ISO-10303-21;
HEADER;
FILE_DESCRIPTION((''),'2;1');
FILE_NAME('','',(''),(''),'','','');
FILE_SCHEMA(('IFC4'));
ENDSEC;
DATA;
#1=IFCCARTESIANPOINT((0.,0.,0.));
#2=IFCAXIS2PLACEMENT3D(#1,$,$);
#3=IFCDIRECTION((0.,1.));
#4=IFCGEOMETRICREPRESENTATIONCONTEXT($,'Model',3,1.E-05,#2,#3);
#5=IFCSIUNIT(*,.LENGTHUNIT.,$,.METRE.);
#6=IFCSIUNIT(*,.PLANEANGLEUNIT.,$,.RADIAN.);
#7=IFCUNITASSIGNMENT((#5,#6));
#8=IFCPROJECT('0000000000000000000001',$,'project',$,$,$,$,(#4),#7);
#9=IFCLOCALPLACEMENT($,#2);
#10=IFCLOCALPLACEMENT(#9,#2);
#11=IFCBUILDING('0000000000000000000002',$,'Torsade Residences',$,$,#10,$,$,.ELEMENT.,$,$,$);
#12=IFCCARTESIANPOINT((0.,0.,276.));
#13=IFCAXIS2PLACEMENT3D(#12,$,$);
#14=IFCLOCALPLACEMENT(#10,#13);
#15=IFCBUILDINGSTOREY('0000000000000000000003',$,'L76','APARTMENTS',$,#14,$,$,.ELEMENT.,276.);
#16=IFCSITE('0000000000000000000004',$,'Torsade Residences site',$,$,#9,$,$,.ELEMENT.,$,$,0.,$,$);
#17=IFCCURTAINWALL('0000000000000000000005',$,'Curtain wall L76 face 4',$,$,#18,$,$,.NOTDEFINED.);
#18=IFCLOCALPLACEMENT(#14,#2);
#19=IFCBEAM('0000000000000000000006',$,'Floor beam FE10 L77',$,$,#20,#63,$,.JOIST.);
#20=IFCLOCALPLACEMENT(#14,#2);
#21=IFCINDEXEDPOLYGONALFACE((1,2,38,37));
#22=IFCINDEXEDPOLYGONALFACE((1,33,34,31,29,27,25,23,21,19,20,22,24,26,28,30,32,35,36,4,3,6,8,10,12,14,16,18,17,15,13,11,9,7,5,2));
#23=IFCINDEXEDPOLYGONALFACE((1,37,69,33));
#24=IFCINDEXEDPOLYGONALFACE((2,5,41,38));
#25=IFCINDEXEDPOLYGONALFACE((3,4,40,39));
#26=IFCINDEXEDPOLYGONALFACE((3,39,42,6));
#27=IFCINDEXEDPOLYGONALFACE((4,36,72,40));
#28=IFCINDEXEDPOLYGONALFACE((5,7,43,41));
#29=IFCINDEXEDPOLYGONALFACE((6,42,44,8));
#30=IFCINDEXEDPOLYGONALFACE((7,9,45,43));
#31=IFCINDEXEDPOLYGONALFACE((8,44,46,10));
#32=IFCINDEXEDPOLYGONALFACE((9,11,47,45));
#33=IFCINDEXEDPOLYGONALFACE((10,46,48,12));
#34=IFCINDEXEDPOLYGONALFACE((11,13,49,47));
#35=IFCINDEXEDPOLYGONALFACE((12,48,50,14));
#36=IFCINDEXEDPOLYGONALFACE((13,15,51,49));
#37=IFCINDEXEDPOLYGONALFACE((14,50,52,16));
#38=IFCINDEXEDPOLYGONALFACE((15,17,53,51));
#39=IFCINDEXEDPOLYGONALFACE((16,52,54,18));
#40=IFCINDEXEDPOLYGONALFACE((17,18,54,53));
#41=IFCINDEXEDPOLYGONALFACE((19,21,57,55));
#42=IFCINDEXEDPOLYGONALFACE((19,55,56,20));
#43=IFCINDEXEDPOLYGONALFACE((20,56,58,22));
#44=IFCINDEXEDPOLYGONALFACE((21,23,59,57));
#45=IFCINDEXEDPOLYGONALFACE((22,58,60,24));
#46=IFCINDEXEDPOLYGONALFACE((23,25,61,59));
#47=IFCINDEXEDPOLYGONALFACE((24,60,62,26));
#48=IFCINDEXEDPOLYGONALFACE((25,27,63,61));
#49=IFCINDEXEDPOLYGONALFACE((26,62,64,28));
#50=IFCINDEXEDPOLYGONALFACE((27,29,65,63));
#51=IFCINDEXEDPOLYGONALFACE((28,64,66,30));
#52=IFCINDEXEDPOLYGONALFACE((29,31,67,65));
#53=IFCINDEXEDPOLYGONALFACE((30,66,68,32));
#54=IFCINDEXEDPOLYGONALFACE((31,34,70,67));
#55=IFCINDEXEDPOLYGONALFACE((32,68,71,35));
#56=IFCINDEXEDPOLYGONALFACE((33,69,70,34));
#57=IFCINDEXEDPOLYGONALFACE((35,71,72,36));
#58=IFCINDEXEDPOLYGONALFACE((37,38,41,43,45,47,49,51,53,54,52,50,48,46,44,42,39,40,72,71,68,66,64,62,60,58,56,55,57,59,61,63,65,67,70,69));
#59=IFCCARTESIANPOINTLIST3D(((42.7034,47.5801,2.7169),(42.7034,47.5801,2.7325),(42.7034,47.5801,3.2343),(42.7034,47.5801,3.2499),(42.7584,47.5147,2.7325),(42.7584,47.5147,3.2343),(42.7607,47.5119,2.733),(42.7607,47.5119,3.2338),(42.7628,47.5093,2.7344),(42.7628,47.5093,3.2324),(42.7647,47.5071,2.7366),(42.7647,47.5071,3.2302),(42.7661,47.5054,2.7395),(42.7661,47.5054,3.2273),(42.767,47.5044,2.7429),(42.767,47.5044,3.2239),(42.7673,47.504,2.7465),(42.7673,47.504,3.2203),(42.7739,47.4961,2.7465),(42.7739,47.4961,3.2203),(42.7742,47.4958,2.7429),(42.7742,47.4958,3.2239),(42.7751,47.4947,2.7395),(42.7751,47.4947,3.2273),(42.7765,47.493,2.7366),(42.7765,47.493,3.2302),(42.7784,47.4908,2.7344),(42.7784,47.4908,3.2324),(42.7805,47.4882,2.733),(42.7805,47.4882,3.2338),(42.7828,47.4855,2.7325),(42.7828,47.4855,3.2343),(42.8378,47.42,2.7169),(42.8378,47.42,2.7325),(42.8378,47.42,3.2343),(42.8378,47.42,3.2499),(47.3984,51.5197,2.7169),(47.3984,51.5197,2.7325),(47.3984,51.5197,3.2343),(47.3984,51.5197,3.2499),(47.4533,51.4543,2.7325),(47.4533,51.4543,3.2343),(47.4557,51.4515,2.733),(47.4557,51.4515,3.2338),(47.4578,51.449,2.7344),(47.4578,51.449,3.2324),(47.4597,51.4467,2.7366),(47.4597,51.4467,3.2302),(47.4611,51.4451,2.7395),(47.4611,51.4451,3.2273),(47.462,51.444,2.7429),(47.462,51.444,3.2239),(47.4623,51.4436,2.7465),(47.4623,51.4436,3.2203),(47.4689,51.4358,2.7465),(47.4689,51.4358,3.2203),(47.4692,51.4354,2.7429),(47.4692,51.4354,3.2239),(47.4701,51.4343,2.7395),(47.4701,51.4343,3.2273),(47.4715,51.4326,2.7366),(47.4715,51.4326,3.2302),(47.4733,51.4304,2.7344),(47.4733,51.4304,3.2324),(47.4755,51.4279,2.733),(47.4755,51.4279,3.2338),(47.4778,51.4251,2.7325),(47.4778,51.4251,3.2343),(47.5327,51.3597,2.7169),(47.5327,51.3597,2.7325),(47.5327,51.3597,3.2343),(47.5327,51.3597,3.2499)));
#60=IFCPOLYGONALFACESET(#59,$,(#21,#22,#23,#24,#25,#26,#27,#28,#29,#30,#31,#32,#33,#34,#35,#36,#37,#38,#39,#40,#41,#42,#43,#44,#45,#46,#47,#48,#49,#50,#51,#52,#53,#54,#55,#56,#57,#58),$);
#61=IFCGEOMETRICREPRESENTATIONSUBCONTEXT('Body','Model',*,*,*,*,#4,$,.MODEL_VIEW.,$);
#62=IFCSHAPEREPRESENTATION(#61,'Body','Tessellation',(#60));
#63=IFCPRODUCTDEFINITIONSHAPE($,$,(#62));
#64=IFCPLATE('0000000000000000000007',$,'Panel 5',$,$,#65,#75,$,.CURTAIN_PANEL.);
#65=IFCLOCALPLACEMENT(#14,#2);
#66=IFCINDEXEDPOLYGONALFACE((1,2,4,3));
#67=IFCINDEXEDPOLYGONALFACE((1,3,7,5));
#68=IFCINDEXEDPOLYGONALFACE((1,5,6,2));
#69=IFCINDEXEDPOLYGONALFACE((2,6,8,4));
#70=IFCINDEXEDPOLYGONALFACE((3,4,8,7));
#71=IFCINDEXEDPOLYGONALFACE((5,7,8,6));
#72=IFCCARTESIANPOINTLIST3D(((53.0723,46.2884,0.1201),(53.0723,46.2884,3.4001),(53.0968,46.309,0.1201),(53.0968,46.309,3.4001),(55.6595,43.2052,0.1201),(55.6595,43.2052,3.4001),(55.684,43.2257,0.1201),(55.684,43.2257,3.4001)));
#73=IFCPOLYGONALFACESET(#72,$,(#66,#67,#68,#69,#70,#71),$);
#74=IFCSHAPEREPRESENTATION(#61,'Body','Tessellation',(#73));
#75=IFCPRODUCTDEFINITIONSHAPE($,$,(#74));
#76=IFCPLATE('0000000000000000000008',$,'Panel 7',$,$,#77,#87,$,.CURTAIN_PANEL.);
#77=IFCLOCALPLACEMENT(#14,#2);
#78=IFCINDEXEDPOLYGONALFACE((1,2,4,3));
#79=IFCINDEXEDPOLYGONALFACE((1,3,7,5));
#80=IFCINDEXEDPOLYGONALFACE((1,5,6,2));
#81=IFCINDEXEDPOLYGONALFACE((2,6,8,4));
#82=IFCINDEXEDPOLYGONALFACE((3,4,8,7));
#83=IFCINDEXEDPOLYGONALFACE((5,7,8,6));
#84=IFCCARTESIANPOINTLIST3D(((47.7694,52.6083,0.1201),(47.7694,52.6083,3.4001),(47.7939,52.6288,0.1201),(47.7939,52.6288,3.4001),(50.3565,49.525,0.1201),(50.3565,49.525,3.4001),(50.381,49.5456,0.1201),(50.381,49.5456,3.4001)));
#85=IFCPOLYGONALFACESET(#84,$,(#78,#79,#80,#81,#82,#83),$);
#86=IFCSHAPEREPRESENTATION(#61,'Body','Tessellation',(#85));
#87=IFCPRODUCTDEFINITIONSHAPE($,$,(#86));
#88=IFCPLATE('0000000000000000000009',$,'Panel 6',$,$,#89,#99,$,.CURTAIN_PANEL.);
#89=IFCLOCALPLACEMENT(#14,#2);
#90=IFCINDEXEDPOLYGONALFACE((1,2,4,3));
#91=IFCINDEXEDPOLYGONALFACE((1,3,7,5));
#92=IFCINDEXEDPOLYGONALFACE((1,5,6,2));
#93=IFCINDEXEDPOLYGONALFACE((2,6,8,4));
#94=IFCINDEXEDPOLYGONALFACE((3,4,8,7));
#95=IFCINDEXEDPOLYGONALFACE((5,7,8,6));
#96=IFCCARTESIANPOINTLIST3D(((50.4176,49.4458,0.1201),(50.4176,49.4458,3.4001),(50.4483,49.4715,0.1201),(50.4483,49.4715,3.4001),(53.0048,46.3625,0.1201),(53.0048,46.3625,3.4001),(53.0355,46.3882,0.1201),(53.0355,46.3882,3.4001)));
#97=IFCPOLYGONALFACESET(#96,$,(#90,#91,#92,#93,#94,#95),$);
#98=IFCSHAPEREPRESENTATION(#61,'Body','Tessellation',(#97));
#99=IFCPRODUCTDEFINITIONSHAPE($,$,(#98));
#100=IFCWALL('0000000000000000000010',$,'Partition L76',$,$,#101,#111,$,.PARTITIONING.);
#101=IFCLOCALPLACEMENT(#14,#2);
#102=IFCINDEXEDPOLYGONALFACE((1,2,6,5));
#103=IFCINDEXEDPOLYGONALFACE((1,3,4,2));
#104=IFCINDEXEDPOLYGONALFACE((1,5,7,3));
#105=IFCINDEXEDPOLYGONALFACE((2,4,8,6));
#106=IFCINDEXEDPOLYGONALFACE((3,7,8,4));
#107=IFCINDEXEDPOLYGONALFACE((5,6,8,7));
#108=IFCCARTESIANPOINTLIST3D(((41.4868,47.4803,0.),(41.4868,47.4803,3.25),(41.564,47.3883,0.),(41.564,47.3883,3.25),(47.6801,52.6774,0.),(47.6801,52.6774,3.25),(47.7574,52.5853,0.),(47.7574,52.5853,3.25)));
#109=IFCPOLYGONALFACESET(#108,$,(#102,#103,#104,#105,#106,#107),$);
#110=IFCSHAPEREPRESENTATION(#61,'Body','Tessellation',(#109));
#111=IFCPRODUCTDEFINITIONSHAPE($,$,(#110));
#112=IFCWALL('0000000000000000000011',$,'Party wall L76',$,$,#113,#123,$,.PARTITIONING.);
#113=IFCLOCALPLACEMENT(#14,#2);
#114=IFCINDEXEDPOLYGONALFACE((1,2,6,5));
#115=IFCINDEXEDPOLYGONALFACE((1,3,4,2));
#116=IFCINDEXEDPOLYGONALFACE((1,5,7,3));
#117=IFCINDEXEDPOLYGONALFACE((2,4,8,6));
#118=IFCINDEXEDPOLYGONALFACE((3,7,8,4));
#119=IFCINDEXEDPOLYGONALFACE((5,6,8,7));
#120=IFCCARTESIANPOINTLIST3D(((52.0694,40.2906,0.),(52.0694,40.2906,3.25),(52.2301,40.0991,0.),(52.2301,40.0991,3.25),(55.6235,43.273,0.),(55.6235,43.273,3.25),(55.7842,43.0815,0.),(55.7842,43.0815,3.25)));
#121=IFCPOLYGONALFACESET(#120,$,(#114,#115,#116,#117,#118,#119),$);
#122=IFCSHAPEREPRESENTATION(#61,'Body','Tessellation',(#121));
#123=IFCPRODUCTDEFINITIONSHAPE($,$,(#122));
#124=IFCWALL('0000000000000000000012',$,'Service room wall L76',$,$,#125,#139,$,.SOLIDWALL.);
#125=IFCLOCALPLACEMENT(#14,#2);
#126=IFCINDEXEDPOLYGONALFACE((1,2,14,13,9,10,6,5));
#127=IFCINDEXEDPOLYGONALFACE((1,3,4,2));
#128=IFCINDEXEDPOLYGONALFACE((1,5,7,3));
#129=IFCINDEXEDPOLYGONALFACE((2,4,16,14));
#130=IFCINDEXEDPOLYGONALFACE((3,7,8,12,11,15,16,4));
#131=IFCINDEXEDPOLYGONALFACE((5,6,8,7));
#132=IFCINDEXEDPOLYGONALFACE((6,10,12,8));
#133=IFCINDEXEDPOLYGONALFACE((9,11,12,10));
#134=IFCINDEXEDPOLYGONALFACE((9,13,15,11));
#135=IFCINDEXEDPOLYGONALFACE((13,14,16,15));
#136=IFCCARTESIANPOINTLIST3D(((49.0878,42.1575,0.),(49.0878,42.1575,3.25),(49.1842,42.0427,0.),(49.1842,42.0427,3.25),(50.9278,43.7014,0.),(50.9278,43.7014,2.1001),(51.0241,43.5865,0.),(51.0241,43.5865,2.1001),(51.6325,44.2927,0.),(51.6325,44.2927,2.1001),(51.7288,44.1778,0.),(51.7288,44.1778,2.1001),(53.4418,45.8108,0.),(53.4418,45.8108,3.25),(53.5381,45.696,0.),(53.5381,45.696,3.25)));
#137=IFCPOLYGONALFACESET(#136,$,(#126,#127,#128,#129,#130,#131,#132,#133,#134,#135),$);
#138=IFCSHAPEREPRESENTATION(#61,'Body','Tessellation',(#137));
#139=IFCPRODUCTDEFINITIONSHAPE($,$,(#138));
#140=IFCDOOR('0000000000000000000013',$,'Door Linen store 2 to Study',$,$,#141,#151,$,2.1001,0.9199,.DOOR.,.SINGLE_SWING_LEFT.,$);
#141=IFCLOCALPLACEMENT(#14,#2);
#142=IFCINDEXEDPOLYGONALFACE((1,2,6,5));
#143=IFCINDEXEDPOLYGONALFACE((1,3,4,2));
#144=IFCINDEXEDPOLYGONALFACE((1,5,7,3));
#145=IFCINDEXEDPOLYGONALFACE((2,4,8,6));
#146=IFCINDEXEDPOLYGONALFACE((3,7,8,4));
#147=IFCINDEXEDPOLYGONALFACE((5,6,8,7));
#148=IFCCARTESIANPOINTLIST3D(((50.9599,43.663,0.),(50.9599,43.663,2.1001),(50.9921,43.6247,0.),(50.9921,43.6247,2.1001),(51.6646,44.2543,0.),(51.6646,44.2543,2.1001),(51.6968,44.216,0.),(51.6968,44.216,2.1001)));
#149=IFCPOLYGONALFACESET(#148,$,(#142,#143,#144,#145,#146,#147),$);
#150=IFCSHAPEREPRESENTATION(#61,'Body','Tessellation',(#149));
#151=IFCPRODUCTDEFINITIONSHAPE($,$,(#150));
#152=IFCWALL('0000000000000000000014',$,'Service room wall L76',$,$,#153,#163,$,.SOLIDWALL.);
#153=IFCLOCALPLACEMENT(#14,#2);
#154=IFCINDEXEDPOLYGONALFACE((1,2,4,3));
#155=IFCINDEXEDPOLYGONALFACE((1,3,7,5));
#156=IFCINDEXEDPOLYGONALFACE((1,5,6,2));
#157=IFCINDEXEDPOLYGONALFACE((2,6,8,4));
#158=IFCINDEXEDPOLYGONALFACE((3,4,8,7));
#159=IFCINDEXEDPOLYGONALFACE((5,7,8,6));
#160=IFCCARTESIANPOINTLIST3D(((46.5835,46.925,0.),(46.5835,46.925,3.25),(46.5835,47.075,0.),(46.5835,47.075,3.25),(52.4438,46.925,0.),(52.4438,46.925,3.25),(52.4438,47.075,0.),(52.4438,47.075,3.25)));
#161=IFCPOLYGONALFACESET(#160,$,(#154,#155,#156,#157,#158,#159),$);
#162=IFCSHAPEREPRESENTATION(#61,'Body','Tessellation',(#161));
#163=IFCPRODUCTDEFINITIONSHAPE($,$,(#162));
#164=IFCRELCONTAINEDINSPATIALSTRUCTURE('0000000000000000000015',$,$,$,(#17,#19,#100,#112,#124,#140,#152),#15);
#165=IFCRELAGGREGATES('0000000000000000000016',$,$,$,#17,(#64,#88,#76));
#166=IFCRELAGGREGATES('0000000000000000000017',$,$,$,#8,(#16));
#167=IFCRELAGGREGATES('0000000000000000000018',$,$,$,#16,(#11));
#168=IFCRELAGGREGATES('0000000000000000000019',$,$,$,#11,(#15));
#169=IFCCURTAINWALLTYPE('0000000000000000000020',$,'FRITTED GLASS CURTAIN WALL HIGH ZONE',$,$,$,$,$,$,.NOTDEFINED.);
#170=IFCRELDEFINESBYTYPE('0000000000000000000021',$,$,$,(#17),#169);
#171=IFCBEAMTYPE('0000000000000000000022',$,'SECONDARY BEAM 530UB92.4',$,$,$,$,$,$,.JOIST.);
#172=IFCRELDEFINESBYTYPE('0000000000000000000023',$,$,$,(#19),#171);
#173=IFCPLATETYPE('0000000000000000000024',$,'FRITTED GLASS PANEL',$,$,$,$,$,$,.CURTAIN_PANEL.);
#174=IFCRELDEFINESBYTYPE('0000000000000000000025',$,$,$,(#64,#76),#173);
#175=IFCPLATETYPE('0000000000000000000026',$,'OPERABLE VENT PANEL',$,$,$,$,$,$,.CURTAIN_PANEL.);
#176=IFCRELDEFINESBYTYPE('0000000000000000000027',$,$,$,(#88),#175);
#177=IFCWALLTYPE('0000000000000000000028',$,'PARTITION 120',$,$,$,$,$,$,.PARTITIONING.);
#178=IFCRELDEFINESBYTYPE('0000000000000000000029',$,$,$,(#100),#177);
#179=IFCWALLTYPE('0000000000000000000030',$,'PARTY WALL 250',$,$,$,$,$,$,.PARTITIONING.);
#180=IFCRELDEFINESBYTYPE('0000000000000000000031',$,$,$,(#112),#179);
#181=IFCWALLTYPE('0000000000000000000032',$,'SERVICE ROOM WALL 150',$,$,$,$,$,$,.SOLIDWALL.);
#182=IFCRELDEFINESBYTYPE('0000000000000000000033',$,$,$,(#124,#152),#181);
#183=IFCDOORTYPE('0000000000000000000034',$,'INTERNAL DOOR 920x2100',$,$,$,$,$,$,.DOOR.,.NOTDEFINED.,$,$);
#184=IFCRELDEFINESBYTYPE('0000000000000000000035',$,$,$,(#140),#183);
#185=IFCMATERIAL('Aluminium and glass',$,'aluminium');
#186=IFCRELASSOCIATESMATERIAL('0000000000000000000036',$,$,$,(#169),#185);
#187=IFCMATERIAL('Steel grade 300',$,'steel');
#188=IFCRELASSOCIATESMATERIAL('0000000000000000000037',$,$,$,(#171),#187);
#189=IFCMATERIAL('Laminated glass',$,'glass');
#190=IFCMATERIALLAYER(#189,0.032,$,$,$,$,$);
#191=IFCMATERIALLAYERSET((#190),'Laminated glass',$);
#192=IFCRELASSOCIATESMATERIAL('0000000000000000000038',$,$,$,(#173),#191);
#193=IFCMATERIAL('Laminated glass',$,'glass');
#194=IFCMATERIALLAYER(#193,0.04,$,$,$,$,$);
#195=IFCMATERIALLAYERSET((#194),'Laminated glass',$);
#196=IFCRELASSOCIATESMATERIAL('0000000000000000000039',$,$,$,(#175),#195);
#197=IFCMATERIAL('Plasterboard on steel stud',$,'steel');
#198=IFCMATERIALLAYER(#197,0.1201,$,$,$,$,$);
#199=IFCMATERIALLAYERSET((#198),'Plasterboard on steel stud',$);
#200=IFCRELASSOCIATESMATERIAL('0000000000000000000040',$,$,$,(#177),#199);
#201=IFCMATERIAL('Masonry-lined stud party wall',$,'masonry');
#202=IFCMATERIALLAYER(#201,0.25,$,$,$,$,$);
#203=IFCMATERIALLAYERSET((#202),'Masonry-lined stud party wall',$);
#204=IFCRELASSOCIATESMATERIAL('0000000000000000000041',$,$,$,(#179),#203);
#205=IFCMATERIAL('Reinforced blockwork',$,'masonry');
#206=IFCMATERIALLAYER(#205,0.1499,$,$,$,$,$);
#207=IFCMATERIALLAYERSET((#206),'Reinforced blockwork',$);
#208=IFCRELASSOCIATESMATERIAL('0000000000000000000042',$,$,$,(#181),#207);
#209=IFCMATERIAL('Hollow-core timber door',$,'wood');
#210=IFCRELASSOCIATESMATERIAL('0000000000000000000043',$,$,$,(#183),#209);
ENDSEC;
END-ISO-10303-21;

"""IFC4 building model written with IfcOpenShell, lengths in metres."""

from ifc_helpers import new_model, si_unit, direction, frame, frame_2d, origin, origin_2d, place, context, subcontext, project, spatial, rectangle, i_section, extrude, material, layer, layer_set, material_profile, profile_set, type_object, element, fill, aggregate, save


model = new_model("IFC4")

# Units and contexts
model_context = context("Model", 3, precision=1e-05, world=origin(), true_north=direction((0.0, 1.0)))
body_context = subcontext(model_context, "Body", "Model", "MODEL_VIEW")
ifc_project = project(units=[si_unit("LENGTHUNIT", "METRE"), si_unit("PLANEANGLEUNIT", "RADIAN")], contexts=[model_context])

# Site, building, storey
site_placement = place(None, origin())
site = spatial("IfcSite", under=ifc_project, at=site_placement, Name="Torsade Residences site", CompositionType="ELEMENT", RefElevation=0.0)
building_placement = place(site_placement, origin())
building = spatial("IfcBuilding", under=site, at=building_placement, Name="Torsade Residences", CompositionType="ELEMENT")
storey_placement = place(building_placement, frame((0.0, 0.0, 276.0)))
storey = spatial("IfcBuildingStorey", under=building, at=storey_placement, Name="L76", Description="APARTMENTS", CompositionType="ELEMENT", Elevation=276.0)

# Curtain wall
ifc_material_1 = material(Name="Aluminium and glass", Category="aluminium")
curtain_wall_type = type_object("IfcCurtainWallType", Name="FRITTED GLASS CURTAIN WALL HIGH ZONE", PredefinedType="NOTDEFINED", material=ifc_material_1)
curtain_wall_placement = place(storey_placement, origin())
curtain_wall = element("IfcCurtainWall", 1, at=curtain_wall_placement, inside=storey, type_object=curtain_wall_type, Name="Curtain wall L76 face 4", PredefinedType="NOTDEFINED")

# Beam
ifc_material_2 = material(Name="Steel grade 300", Category="steel")
ifc_material_profile_1 = material_profile(ifc_material_2, i_section(OverallWidth=0.209, OverallDepth=0.533, WebThickness=0.0103, FlangeThickness=0.0156, FilletRadius=0.0139, at=origin_2d()), Name="530UB92.4")
ifc_profile_set_1 = profile_set([ifc_material_profile_1], Name="Steel grade 300")
beam_type_1 = type_object("IfcBeamType", Name="SECONDARY BEAM 530UB92.4", PredefinedType="JOIST", material=ifc_profile_set_1)
beam_1_placement = place(storey_placement, frame((47.4656, 51.4397, 2.9834), z_axis=(-0.766039, -0.642794, 0.0), x_axis=(0.642794, -0.766039, 0.0)))
element("IfcBeam", 2, at=beam_1_placement, inside=storey, type_object=beam_type_1, Name="Floor beam FE10 L77", PredefinedType="JOIST", context=body_context, shape_type="SweptSolid", body=[
    extrude(i_section(OverallWidth=0.209, OverallDepth=0.533, WebThickness=0.0103, FlangeThickness=0.0156, FilletRadius=0.0139, at=origin_2d()), origin(), (0.0, 0.0, 1.0), 6.1289),
])

# Plates
ifc_material_3 = material(Name="Laminated glass", Category="glass")
ifc_layer_1 = layer(ifc_material_3, 0.032)
ifc_layer_set_1 = layer_set([ifc_layer_1], Name="Laminated glass")
plate_type_1 = type_object("IfcPlateType", Name="FRITTED GLASS PANEL", PredefinedType="CURTAIN_PANEL", material=ifc_layer_set_1)
plate_1_placement = place(storey_placement, frame((54.3782, 44.7571, 0.1201), z_axis=(0.0, 0.0, 1.0), x_axis=(-0.642788, 0.766044, 0.0)))
plate_1 = element("IfcPlate", 3, at=plate_1_placement, type_object=plate_type_1, Name="Panel 5", PredefinedType="CURTAIN_PANEL", context=body_context, shape_type="SweptSolid", body=[
    extrude(rectangle(XDim=4.0249, YDim=0.032, at=origin_2d()), origin(), (0.0, 0.0, 1.0), 3.28),
])
plate_2_placement = place(storey_placement, frame((49.0752, 51.0769, 0.1201), z_axis=(0.0, 0.0, 1.0), x_axis=(-0.642788, 0.766044, 0.0)))
plate_2 = element("IfcPlate", 4, at=plate_2_placement, type_object=plate_type_1, Name="Panel 7", PredefinedType="CURTAIN_PANEL", context=body_context, shape_type="SweptSolid", body=[
    extrude(rectangle(XDim=4.0249, YDim=0.032, at=origin_2d()), origin(), (0.0, 0.0, 1.0), 3.28),
])
ifc_material_4 = material(Name="Laminated glass", Category="glass")
ifc_layer_2 = layer(ifc_material_4, 0.04)
ifc_layer_set_2 = layer_set([ifc_layer_2], Name="Laminated glass")
plate_type_2 = type_object("IfcPlateType", Name="OPERABLE VENT PANEL", PredefinedType="CURTAIN_PANEL", material=ifc_layer_set_2)
plate_3_placement = place(storey_placement, frame((51.7266, 47.917, 0.1201), z_axis=(0.0, 0.0, 1.0), x_axis=(-0.642788, 0.766044, 0.0)))
plate_3 = element("IfcPlate", 5, at=plate_3_placement, type_object=plate_type_2, Name="Panel 6", PredefinedType="CURTAIN_PANEL", context=body_context, shape_type="SweptSolid", body=[
    extrude(rectangle(XDim=4.0249, YDim=0.04, at=origin_2d()), origin(), (0.0, 0.0, 1.0), 3.28),
])
aggregate(curtain_wall, [plate_1, plate_3, plate_2])

# Walls
ifc_material_5 = material(Name="Plasterboard on steel stud", Category="steel")
ifc_layer_3 = layer(ifc_material_5, 0.1201)
ifc_layer_set_3 = layer_set([ifc_layer_3], Name="Plasterboard on steel stud")
wall_type_1 = type_object("IfcWallType", Name="PARTITION 120", PredefinedType="PARTITIONING", material=ifc_layer_set_3)
wall_1_placement = place(storey_placement, frame((47.7188, 52.6313, 0.0), z_axis=(0.0, 0.0, 1.0), x_axis=(-0.766034, -0.6428, 0.0)))
element("IfcWall", 6, at=wall_1_placement, inside=storey, type_object=wall_type_1, Name="Partition L76", PredefinedType="PARTITIONING", context=body_context, shape_type="SweptSolid", body=[
    extrude(rectangle(XDim=8.085, YDim=0.1201, at=frame_2d((4.0425, 0.0))), origin(), (0.0, 0.0, 1.0), 3.25),
])
ifc_material_6 = material(Name="Masonry-lined stud party wall", Category="masonry")
ifc_layer_4 = layer(ifc_material_6, 0.25)
ifc_layer_set_4 = layer_set([ifc_layer_4], Name="Masonry-lined stud party wall")
wall_type_2 = type_object("IfcWallType", Name="PARTY WALL 250", PredefinedType="PARTITIONING", material=ifc_layer_set_4)
wall_2_placement = place(storey_placement, frame((55.7039, 43.1772, 0.0), z_axis=(0.0, 0.0, 1.0), x_axis=(-0.766034, -0.6428, 0.0)))
element("IfcWall", 7, at=wall_2_placement, inside=storey, type_object=wall_type_2, Name="Party wall L76", PredefinedType="PARTITIONING", context=body_context, shape_type="SweptSolid", body=[
    extrude(rectangle(XDim=4.6396, YDim=0.25, at=frame_2d((2.3198, 0.0))), origin(), (0.0, 0.0, 1.0), 3.25),
])

# Wall, opening, door
ifc_material_7 = material(Name="Reinforced blockwork", Category="masonry")
ifc_layer_5 = layer(ifc_material_7, 0.1499)
ifc_layer_set_5 = layer_set([ifc_layer_5], Name="Reinforced blockwork")
wall_type_3 = type_object("IfcWallType", Name="SERVICE ROOM WALL 150", PredefinedType="SOLIDWALL", material=ifc_layer_set_5)
wall_3_placement = place(storey_placement, frame((49.136, 42.1001, 0.0), z_axis=(0.0, 0.0, 1.0), x_axis=(0.766055, 0.642775, 0.0)))
wall_3 = element("IfcWall", 8, at=wall_3_placement, inside=storey, type_object=wall_type_3, Name="Service room wall L76", PredefinedType="SOLIDWALL", context=body_context, shape_type="SweptSolid", body=[
    extrude(rectangle(XDim=5.6836, YDim=0.1499, at=frame_2d((2.8418, 0.0))), origin(), (0.0, 0.0, 1.0), 3.25),
])
opening_placement = place(wall_3_placement, frame((2.4019, 0.0, 0.0)))
opening = element("IfcOpeningElement", 9, at=opening_placement, cuts=wall_3, PredefinedType="OPENING", context=body_context, shape_type="SweptSolid", body=[
    extrude(rectangle(XDim=0.9199, YDim=2.1001, at=frame_2d((0.46, 1.05))), frame((0.0, 0.085, 0.0), z_axis=(0.0, -1.0, 0.0), x_axis=(1.0, 0.0, 0.0)), (0.0, 0.0, 1.0), 0.1699),
])
ifc_material_8 = material(Name="Hollow-core timber door", Category="wood")
door_type = type_object("IfcDoorType", Name="INTERNAL DOOR 920x2100", OperationType="NOTDEFINED", PredefinedType="DOOR", material=ifc_material_8)
door_placement = place(opening_placement, origin())
door = element("IfcDoor", 10, at=door_placement, inside=storey, type_object=door_type, Name="Door Linen store 2 to Study", OperationType="SINGLE_SWING_LEFT", OverallHeight=2.1001, OverallWidth=0.9199, PredefinedType="DOOR", context=body_context, shape_type="SweptSolid", body=[
    extrude(rectangle(XDim=0.9199, YDim=2.1001, at=frame_2d((0.46, 1.05))), frame((0.0, 0.0249, 0.0), z_axis=(0.0, -1.0, 0.0), x_axis=(1.0, 0.0, 0.0)), (0.0, 0.0, 1.0), 0.05),
])
fill(opening, door)

# Wall
wall_4_placement = place(storey_placement, frame((46.5835, 47.0, 0.0), z_axis=(0.0, 0.0, 1.0), x_axis=(1.0, 0.0, 0.0)))
element("IfcWall", 11, at=wall_4_placement, inside=storey, type_object=wall_type_3, Name="Service room wall L76", PredefinedType="SOLIDWALL", context=body_context, shape_type="SweptSolid", body=[
    extrude(rectangle(XDim=5.8604, YDim=0.1499, at=frame_2d((2.9302, 0.0))), origin(), (0.0, 0.0, 1.0), 3.25),
])

save(model, "model.ifc")
